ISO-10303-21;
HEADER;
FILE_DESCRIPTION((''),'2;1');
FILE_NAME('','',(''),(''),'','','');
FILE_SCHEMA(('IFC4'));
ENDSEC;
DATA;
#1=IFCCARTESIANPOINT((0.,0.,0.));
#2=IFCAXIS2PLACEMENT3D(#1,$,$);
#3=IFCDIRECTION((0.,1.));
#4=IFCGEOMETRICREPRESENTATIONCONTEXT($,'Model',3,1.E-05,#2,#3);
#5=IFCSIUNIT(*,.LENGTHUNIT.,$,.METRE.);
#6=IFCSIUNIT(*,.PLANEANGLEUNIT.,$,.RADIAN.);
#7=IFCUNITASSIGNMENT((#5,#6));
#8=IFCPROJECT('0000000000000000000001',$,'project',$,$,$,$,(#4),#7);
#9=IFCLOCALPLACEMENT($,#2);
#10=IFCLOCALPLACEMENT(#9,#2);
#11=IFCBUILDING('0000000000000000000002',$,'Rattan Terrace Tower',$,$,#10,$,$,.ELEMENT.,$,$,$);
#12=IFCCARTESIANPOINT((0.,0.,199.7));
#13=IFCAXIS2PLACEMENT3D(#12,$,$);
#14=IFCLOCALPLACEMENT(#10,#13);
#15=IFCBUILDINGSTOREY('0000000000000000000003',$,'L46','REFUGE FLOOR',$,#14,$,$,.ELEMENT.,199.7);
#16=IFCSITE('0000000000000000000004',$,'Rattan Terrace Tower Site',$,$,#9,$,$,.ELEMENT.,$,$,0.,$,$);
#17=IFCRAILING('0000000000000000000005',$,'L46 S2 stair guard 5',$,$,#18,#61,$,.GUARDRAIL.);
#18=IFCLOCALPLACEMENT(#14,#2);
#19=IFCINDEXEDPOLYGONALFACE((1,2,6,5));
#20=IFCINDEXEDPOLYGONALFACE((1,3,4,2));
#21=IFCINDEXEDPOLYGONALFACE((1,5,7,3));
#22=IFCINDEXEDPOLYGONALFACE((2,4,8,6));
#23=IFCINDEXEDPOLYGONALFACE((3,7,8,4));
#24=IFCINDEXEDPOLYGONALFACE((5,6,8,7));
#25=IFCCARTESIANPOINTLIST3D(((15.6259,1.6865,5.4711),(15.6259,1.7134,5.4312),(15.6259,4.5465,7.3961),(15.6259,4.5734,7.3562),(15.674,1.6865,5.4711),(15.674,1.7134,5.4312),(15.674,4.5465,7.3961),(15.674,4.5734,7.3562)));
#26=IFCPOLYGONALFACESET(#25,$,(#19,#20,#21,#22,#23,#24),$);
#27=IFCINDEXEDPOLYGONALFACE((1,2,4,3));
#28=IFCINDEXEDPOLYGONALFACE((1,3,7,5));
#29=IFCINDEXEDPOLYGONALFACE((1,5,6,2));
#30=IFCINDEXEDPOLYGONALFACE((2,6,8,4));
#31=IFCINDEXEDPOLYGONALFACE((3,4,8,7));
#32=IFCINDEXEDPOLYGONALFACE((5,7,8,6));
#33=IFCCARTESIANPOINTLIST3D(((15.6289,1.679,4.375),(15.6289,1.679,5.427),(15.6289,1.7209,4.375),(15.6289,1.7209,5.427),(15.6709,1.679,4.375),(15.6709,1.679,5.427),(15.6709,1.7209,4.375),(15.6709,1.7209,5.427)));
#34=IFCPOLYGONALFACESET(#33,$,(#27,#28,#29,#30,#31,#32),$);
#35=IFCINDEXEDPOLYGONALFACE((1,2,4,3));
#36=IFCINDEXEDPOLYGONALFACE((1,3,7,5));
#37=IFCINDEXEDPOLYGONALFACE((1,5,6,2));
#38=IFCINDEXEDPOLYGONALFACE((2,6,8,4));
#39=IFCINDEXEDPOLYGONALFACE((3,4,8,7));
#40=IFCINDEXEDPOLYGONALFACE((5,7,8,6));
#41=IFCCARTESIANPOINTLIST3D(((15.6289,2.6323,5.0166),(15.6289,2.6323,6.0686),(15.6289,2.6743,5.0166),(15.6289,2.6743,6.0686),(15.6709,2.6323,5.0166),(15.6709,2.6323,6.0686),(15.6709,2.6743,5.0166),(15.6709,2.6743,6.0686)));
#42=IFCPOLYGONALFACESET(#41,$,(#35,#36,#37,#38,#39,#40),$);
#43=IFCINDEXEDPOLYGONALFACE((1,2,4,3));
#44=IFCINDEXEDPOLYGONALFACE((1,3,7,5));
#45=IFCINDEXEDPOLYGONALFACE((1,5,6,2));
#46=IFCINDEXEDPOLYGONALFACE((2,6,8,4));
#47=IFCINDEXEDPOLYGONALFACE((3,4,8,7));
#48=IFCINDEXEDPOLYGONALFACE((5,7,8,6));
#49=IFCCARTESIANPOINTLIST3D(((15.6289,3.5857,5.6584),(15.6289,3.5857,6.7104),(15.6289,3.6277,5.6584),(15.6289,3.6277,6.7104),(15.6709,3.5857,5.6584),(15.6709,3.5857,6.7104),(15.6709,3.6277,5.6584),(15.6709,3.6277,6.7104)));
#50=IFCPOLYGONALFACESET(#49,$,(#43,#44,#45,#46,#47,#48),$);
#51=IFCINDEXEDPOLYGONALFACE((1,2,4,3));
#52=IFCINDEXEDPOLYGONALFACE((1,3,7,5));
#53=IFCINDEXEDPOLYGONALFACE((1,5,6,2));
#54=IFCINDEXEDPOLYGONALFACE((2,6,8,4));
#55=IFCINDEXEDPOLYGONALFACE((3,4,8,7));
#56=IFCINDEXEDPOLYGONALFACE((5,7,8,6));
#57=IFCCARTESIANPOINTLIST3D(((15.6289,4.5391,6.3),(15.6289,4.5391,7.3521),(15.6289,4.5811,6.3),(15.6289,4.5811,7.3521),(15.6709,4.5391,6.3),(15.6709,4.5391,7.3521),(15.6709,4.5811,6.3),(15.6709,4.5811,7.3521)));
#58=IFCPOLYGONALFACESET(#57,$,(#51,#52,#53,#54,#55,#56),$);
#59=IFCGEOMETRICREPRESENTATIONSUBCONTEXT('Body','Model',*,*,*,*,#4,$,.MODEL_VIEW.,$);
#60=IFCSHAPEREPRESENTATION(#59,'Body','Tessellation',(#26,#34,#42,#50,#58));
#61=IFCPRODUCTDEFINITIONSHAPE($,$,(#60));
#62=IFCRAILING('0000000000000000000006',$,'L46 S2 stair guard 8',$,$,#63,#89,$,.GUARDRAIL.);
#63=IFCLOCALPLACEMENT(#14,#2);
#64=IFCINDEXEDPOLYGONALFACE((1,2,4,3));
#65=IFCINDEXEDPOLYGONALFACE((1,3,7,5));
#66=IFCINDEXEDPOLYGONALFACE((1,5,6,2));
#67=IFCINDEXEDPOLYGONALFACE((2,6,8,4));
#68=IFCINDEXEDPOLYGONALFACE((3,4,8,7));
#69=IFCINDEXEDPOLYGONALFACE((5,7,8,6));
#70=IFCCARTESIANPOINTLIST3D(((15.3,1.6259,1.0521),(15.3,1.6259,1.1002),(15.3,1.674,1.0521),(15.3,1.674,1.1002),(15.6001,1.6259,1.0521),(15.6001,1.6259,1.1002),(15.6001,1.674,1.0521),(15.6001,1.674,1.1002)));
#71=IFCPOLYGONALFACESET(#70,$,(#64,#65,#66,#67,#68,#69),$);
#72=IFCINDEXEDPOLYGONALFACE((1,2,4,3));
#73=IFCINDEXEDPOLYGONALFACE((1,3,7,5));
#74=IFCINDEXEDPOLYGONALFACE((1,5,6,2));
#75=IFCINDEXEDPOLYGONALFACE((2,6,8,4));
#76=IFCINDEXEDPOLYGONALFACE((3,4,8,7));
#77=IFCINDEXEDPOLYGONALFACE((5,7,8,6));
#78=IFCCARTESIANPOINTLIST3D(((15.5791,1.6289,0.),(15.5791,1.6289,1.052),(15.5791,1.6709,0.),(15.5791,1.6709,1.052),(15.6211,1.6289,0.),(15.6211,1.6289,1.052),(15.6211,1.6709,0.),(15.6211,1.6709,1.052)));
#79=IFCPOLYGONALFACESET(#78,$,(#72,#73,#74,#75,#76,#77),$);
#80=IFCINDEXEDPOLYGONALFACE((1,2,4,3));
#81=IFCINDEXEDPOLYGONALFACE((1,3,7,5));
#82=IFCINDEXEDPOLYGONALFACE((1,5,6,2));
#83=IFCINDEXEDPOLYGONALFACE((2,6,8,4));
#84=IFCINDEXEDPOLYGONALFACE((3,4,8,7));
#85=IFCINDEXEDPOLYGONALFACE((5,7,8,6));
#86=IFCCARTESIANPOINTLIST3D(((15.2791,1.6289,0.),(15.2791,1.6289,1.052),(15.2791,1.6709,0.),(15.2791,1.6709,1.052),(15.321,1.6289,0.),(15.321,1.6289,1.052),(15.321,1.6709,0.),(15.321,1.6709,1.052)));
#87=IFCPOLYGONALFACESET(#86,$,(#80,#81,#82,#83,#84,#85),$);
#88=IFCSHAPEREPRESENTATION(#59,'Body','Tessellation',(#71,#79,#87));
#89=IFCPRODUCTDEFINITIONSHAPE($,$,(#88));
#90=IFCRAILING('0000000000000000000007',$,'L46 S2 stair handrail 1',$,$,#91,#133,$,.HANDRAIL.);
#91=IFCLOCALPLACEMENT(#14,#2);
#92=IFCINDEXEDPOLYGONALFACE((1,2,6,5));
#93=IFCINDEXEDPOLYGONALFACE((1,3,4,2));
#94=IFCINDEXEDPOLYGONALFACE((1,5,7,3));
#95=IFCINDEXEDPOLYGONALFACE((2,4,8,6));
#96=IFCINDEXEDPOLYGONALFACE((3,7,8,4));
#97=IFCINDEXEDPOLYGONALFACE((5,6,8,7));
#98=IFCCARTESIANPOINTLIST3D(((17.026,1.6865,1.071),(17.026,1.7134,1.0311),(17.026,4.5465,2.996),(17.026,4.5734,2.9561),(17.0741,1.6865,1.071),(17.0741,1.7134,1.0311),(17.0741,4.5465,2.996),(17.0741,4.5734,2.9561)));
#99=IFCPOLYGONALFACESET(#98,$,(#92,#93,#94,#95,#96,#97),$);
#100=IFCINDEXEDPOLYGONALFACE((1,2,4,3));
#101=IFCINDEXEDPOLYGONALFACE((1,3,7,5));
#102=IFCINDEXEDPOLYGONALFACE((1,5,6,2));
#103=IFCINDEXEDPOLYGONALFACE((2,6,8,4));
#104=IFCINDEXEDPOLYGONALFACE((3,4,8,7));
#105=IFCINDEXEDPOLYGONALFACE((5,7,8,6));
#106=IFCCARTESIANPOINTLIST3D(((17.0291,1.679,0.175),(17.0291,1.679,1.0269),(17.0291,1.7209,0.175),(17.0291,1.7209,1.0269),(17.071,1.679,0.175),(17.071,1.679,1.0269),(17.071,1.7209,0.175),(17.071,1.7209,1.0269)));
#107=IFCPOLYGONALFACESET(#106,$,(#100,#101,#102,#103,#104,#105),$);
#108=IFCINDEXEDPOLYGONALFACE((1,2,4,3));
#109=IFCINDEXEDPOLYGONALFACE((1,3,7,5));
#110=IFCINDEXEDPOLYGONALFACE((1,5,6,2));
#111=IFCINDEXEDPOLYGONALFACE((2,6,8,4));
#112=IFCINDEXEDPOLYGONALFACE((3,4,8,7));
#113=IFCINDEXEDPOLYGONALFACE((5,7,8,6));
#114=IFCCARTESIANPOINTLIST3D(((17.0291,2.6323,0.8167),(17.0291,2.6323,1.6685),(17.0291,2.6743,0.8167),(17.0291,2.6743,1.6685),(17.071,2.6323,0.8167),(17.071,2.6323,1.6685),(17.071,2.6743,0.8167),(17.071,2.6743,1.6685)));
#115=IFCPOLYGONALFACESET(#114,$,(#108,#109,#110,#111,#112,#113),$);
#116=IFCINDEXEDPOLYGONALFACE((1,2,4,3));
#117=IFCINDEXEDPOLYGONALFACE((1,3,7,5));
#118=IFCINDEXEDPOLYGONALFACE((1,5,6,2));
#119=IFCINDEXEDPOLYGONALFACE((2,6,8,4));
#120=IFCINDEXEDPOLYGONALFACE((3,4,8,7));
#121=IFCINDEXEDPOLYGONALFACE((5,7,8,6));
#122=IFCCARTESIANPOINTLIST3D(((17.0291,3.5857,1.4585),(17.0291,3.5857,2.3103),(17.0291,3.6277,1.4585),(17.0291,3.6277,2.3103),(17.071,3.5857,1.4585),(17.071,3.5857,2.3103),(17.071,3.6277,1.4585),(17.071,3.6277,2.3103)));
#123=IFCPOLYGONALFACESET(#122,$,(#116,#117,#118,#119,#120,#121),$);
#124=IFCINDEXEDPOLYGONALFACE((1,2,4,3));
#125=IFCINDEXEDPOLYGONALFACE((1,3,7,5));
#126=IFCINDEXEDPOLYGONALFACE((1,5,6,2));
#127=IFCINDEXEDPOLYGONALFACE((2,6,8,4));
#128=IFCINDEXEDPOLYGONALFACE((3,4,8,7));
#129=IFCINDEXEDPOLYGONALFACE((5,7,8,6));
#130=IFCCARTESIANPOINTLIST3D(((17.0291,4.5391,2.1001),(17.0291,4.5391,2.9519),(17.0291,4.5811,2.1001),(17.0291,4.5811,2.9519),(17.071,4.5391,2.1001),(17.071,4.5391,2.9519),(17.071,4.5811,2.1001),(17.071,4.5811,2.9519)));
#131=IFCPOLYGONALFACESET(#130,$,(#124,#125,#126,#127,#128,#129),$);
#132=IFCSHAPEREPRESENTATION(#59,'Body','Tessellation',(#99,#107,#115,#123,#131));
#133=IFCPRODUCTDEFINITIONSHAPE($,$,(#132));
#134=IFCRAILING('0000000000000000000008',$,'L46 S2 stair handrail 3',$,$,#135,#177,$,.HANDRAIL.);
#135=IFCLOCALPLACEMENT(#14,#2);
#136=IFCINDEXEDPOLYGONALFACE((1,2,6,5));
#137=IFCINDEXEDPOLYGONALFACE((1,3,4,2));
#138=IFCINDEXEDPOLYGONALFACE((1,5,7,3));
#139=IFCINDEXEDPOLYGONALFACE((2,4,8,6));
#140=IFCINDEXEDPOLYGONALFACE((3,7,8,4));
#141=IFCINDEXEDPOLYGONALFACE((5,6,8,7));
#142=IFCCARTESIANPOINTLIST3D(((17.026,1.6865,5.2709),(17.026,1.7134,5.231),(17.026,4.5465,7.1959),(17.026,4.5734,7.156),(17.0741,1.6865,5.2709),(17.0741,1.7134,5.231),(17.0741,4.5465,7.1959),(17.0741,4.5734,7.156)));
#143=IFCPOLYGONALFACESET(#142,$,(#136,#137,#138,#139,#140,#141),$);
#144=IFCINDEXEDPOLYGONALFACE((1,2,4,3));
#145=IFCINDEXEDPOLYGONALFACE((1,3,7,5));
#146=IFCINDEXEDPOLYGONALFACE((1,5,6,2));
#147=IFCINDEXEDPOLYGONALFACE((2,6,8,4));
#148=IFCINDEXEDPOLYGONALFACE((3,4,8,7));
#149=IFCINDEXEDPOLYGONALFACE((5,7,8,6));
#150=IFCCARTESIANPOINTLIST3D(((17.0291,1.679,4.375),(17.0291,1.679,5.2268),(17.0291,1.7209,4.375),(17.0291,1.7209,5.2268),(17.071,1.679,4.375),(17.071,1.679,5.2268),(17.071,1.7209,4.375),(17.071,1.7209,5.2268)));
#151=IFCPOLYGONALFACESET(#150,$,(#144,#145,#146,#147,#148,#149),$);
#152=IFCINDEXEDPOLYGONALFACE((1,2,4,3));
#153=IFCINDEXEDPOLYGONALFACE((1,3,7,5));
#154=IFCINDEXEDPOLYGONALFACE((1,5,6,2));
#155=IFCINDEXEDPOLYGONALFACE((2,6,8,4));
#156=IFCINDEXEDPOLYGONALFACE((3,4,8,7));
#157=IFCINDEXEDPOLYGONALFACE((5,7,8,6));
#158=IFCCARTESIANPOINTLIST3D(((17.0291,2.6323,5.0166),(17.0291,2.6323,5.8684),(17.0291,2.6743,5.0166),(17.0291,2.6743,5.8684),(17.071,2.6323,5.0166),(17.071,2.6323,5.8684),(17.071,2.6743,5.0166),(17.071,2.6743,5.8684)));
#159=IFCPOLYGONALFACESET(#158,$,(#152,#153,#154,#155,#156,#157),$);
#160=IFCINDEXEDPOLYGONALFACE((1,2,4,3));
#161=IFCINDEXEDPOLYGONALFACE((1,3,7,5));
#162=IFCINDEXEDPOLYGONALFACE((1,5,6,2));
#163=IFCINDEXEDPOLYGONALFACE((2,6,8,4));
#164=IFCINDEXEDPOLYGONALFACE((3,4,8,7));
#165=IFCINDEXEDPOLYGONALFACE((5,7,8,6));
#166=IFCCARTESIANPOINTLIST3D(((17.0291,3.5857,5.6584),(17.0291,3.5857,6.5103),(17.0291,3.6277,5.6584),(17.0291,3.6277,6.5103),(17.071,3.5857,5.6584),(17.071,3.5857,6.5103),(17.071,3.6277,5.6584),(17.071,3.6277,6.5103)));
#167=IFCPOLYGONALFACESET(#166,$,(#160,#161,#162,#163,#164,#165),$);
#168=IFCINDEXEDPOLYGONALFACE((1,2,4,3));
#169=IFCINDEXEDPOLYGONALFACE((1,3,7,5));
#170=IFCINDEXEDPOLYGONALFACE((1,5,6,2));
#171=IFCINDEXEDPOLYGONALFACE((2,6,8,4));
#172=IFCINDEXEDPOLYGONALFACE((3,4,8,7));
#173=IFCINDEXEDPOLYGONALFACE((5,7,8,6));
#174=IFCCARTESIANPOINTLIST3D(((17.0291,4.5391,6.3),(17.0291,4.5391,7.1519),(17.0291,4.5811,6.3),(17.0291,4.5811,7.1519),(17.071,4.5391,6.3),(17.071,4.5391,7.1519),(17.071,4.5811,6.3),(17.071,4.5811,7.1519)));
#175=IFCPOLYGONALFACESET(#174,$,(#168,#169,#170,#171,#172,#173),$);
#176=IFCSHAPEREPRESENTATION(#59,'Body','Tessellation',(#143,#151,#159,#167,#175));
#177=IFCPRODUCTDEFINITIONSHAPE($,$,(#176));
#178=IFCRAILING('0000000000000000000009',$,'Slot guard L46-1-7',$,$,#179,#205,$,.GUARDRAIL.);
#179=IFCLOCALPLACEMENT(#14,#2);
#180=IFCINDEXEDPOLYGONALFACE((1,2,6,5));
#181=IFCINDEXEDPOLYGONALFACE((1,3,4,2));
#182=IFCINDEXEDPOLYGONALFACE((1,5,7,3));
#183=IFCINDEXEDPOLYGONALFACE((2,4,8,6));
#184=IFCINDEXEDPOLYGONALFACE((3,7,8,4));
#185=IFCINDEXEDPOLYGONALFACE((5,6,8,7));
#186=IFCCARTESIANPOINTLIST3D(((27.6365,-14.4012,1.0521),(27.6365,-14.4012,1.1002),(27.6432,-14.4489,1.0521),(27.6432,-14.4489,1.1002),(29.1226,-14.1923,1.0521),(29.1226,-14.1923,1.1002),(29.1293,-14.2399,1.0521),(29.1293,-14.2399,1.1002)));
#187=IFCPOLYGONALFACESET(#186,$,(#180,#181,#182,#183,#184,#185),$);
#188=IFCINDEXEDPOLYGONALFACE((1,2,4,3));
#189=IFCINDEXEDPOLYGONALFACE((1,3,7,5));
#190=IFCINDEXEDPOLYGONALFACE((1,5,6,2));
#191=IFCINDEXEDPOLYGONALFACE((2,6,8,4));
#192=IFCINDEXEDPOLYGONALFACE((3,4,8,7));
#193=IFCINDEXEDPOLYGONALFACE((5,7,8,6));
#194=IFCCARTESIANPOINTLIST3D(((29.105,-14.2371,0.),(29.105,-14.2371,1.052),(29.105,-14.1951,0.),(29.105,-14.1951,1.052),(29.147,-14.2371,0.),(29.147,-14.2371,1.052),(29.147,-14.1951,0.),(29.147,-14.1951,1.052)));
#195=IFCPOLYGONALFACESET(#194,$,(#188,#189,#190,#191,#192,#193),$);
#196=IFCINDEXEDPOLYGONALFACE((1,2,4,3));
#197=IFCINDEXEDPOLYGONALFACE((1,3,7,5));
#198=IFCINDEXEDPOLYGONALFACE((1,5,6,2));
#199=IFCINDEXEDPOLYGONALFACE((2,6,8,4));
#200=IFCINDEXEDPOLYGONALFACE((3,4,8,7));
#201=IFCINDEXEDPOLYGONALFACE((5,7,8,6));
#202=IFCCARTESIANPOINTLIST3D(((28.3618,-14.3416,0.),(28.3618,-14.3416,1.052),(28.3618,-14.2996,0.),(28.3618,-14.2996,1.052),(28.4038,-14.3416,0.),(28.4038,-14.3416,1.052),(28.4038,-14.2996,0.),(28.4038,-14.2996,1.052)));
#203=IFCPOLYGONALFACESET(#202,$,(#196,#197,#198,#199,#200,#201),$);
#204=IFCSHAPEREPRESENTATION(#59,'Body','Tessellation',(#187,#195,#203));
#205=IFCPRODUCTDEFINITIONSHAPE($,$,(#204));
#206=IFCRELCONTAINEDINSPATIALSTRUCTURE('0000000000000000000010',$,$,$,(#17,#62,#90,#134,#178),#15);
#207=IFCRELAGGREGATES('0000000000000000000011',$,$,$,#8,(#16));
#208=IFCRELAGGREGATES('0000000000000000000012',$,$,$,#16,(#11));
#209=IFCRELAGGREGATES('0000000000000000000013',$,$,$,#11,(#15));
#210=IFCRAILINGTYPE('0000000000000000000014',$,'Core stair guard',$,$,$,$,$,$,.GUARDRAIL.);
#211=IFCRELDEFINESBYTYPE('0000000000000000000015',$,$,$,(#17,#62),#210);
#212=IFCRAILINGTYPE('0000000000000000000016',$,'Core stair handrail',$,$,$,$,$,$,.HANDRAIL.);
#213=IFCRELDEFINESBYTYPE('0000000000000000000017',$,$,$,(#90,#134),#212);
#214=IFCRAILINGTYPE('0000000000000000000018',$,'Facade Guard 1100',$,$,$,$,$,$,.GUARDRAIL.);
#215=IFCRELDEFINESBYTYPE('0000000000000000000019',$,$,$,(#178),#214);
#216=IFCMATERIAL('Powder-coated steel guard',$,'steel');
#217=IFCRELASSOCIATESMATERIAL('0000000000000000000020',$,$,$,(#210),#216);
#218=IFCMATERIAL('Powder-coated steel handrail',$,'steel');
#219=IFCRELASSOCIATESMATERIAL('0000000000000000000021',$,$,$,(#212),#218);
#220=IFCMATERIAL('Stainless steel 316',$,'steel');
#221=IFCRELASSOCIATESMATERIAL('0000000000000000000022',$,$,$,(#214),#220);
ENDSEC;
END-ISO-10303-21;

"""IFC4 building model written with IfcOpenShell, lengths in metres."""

from ifc_helpers import new_model, si_unit, direction, frame, origin, origin_2d, place, context, subcontext, project, spatial, rectangle, extrude, material, type_object, element, save


model = new_model("IFC4")

# Units and contexts
model_context = context("Model", 3, precision=1e-05, world=origin(), true_north=direction((0.0, 1.0)))
body_context = subcontext(model_context, "Body", "Model", "MODEL_VIEW")
ifc_project = project(units=[si_unit("LENGTHUNIT", "METRE"), si_unit("PLANEANGLEUNIT", "RADIAN")], contexts=[model_context])

# Site, building, storey
site_placement = place(None, origin())
site = spatial("IfcSite", under=ifc_project, at=site_placement, Name="Rattan Terrace Tower Site", CompositionType="ELEMENT", RefElevation=0.0)
building_placement = place(site_placement, origin())
building = spatial("IfcBuilding", under=site, at=building_placement, Name="Rattan Terrace Tower", CompositionType="ELEMENT")
storey_placement = place(building_placement, frame((0.0, 0.0, 199.7)))
storey = spatial("IfcBuildingStorey", under=building, at=storey_placement, Name="L46", Description="REFUGE FLOOR", CompositionType="ELEMENT", Elevation=199.7)

# Railings
ifc_material_1 = material(Name="Powder-coated steel guard", Category="steel")
railing_type_1 = type_object("IfcRailingType", Name="Core stair guard", PredefinedType="GUARDRAIL", material=ifc_material_1)
railing_1_placement = place(storey_placement, frame((15.6499, 1.7, 4.375)))
element("IfcRailing", 1, at=railing_1_placement, inside=storey, type_object=railing_type_1, Name="L46 S2 stair guard 5", PredefinedType="GUARDRAIL", context=body_context, shape_type="SweptSolid", body=[
    extrude(rectangle(XDim=0.0481, YDim=0.0481, at=origin_2d()), frame((0.0, 0.0, 1.0762), z_axis=(0.0, 0.829591, 0.558372), x_axis=(-1.0, 0.0, 0.0)), (0.0, 0.0, 1.0), 3.4475),
    extrude(rectangle(XDim=0.042, YDim=0.042, at=origin_2d()), origin(), (0.0, 0.0, 1.0), 1.052),
    extrude(rectangle(XDim=0.042, YDim=0.042, at=origin_2d()), frame((0.0, 0.9534, 0.6416)), (0.0, 0.0, 1.0), 1.052),
    extrude(rectangle(XDim=0.042, YDim=0.042, at=origin_2d()), frame((0.0, 1.9067, 1.2834)), (0.0, 0.0, 1.0), 1.052),
    extrude(rectangle(XDim=0.042, YDim=0.042, at=origin_2d()), frame((0.0, 2.8601, 1.925)), (0.0, 0.0, 1.0), 1.052),
])
railing_2_placement = place(storey_placement, frame((15.6001, 1.6499, 0.0)))
element("IfcRailing", 2, at=railing_2_placement, inside=storey, type_object=railing_type_1, Name="L46 S2 stair guard 8", PredefinedType="GUARDRAIL", context=body_context, shape_type="SweptSolid", body=[
    extrude(rectangle(XDim=0.0481, YDim=0.0481, at=origin_2d()), frame((0.0, 0.0, 1.0762), z_axis=(-1.0, 0.0, 0.0), x_axis=(0.0, -1.0, 0.0)), (0.0, 0.0, 1.0), 0.3),
    extrude(rectangle(XDim=0.042, YDim=0.042, at=origin_2d()), origin(), (0.0, 0.0, 1.0), 1.052),
    extrude(rectangle(XDim=0.042, YDim=0.042, at=origin_2d()), frame((-0.3, 0.0, 0.0)), (0.0, 0.0, 1.0), 1.052),
])
ifc_material_2 = material(Name="Powder-coated steel handrail", Category="steel")
railing_type_2 = type_object("IfcRailingType", Name="Core stair handrail", PredefinedType="HANDRAIL", material=ifc_material_2)
for number, where, name in (
    (3, (17.05, 1.7, 0.175), "L46 S2 stair handrail 1"),
    (4, (17.05, 1.7, 4.375), "L46 S2 stair handrail 3"),
):
    element("IfcRailing", number, at=place(storey_placement, frame(where)), inside=storey, type_object=railing_type_2, Name=name, PredefinedType="HANDRAIL", context=body_context, shape_type="SweptSolid", body=[
        extrude(rectangle(XDim=0.0481, YDim=0.0481, at=origin_2d()), frame((0.0, 0.0, 0.876), z_axis=(0.0, 0.829591, 0.558372), x_axis=(-1.0, 0.0, 0.0)), (0.0, 0.0, 1.0), 3.4475),
        extrude(rectangle(XDim=0.042, YDim=0.042, at=origin_2d()), origin(), (0.0, 0.0, 1.0), 0.8518),
        extrude(rectangle(XDim=0.042, YDim=0.042, at=origin_2d()), frame((0.0, 0.9534, 0.6416)), (0.0, 0.0, 1.0), 0.8518),
        extrude(rectangle(XDim=0.042, YDim=0.042, at=origin_2d()), frame((0.0, 1.9067, 1.2834)), (0.0, 0.0, 1.0), 0.8518),
        extrude(rectangle(XDim=0.042, YDim=0.042, at=origin_2d()), frame((0.0, 2.8601, 1.925)), (0.0, 0.0, 1.0), 0.8518),
    ])
ifc_material_3 = material(Name="Stainless steel 316", Category="steel")
railing_type_3 = type_object("IfcRailingType", Name="Facade Guard 1100", PredefinedType="GUARDRAIL", material=ifc_material_3)
railing_3_placement = place(storey_placement, frame((29.126, -14.2161, 0.0)))
element("IfcRailing", 5, at=railing_3_placement, inside=storey, type_object=railing_type_3, Name="Slot guard L46-1-7", PredefinedType="GUARDRAIL", context=body_context, shape_type="SweptSolid", body=[
    extrude(rectangle(XDim=0.0481, YDim=0.0481, at=origin_2d()), frame((0.0, 0.0, 1.0762), z_axis=(-0.990256, -0.139257, 0.0), x_axis=(0.139257, -0.990256, 0.0)), (0.0, 0.0, 1.0), 1.5007),
    extrude(rectangle(XDim=0.042, YDim=0.042, at=origin_2d()), origin(), (0.0, 0.0, 1.0), 1.052),
    extrude(rectangle(XDim=0.042, YDim=0.042, at=origin_2d()), frame((-0.7432, -0.1045, 0.0)), (0.0, 0.0, 1.0), 1.052),
])

save(model, "model.ifc")
